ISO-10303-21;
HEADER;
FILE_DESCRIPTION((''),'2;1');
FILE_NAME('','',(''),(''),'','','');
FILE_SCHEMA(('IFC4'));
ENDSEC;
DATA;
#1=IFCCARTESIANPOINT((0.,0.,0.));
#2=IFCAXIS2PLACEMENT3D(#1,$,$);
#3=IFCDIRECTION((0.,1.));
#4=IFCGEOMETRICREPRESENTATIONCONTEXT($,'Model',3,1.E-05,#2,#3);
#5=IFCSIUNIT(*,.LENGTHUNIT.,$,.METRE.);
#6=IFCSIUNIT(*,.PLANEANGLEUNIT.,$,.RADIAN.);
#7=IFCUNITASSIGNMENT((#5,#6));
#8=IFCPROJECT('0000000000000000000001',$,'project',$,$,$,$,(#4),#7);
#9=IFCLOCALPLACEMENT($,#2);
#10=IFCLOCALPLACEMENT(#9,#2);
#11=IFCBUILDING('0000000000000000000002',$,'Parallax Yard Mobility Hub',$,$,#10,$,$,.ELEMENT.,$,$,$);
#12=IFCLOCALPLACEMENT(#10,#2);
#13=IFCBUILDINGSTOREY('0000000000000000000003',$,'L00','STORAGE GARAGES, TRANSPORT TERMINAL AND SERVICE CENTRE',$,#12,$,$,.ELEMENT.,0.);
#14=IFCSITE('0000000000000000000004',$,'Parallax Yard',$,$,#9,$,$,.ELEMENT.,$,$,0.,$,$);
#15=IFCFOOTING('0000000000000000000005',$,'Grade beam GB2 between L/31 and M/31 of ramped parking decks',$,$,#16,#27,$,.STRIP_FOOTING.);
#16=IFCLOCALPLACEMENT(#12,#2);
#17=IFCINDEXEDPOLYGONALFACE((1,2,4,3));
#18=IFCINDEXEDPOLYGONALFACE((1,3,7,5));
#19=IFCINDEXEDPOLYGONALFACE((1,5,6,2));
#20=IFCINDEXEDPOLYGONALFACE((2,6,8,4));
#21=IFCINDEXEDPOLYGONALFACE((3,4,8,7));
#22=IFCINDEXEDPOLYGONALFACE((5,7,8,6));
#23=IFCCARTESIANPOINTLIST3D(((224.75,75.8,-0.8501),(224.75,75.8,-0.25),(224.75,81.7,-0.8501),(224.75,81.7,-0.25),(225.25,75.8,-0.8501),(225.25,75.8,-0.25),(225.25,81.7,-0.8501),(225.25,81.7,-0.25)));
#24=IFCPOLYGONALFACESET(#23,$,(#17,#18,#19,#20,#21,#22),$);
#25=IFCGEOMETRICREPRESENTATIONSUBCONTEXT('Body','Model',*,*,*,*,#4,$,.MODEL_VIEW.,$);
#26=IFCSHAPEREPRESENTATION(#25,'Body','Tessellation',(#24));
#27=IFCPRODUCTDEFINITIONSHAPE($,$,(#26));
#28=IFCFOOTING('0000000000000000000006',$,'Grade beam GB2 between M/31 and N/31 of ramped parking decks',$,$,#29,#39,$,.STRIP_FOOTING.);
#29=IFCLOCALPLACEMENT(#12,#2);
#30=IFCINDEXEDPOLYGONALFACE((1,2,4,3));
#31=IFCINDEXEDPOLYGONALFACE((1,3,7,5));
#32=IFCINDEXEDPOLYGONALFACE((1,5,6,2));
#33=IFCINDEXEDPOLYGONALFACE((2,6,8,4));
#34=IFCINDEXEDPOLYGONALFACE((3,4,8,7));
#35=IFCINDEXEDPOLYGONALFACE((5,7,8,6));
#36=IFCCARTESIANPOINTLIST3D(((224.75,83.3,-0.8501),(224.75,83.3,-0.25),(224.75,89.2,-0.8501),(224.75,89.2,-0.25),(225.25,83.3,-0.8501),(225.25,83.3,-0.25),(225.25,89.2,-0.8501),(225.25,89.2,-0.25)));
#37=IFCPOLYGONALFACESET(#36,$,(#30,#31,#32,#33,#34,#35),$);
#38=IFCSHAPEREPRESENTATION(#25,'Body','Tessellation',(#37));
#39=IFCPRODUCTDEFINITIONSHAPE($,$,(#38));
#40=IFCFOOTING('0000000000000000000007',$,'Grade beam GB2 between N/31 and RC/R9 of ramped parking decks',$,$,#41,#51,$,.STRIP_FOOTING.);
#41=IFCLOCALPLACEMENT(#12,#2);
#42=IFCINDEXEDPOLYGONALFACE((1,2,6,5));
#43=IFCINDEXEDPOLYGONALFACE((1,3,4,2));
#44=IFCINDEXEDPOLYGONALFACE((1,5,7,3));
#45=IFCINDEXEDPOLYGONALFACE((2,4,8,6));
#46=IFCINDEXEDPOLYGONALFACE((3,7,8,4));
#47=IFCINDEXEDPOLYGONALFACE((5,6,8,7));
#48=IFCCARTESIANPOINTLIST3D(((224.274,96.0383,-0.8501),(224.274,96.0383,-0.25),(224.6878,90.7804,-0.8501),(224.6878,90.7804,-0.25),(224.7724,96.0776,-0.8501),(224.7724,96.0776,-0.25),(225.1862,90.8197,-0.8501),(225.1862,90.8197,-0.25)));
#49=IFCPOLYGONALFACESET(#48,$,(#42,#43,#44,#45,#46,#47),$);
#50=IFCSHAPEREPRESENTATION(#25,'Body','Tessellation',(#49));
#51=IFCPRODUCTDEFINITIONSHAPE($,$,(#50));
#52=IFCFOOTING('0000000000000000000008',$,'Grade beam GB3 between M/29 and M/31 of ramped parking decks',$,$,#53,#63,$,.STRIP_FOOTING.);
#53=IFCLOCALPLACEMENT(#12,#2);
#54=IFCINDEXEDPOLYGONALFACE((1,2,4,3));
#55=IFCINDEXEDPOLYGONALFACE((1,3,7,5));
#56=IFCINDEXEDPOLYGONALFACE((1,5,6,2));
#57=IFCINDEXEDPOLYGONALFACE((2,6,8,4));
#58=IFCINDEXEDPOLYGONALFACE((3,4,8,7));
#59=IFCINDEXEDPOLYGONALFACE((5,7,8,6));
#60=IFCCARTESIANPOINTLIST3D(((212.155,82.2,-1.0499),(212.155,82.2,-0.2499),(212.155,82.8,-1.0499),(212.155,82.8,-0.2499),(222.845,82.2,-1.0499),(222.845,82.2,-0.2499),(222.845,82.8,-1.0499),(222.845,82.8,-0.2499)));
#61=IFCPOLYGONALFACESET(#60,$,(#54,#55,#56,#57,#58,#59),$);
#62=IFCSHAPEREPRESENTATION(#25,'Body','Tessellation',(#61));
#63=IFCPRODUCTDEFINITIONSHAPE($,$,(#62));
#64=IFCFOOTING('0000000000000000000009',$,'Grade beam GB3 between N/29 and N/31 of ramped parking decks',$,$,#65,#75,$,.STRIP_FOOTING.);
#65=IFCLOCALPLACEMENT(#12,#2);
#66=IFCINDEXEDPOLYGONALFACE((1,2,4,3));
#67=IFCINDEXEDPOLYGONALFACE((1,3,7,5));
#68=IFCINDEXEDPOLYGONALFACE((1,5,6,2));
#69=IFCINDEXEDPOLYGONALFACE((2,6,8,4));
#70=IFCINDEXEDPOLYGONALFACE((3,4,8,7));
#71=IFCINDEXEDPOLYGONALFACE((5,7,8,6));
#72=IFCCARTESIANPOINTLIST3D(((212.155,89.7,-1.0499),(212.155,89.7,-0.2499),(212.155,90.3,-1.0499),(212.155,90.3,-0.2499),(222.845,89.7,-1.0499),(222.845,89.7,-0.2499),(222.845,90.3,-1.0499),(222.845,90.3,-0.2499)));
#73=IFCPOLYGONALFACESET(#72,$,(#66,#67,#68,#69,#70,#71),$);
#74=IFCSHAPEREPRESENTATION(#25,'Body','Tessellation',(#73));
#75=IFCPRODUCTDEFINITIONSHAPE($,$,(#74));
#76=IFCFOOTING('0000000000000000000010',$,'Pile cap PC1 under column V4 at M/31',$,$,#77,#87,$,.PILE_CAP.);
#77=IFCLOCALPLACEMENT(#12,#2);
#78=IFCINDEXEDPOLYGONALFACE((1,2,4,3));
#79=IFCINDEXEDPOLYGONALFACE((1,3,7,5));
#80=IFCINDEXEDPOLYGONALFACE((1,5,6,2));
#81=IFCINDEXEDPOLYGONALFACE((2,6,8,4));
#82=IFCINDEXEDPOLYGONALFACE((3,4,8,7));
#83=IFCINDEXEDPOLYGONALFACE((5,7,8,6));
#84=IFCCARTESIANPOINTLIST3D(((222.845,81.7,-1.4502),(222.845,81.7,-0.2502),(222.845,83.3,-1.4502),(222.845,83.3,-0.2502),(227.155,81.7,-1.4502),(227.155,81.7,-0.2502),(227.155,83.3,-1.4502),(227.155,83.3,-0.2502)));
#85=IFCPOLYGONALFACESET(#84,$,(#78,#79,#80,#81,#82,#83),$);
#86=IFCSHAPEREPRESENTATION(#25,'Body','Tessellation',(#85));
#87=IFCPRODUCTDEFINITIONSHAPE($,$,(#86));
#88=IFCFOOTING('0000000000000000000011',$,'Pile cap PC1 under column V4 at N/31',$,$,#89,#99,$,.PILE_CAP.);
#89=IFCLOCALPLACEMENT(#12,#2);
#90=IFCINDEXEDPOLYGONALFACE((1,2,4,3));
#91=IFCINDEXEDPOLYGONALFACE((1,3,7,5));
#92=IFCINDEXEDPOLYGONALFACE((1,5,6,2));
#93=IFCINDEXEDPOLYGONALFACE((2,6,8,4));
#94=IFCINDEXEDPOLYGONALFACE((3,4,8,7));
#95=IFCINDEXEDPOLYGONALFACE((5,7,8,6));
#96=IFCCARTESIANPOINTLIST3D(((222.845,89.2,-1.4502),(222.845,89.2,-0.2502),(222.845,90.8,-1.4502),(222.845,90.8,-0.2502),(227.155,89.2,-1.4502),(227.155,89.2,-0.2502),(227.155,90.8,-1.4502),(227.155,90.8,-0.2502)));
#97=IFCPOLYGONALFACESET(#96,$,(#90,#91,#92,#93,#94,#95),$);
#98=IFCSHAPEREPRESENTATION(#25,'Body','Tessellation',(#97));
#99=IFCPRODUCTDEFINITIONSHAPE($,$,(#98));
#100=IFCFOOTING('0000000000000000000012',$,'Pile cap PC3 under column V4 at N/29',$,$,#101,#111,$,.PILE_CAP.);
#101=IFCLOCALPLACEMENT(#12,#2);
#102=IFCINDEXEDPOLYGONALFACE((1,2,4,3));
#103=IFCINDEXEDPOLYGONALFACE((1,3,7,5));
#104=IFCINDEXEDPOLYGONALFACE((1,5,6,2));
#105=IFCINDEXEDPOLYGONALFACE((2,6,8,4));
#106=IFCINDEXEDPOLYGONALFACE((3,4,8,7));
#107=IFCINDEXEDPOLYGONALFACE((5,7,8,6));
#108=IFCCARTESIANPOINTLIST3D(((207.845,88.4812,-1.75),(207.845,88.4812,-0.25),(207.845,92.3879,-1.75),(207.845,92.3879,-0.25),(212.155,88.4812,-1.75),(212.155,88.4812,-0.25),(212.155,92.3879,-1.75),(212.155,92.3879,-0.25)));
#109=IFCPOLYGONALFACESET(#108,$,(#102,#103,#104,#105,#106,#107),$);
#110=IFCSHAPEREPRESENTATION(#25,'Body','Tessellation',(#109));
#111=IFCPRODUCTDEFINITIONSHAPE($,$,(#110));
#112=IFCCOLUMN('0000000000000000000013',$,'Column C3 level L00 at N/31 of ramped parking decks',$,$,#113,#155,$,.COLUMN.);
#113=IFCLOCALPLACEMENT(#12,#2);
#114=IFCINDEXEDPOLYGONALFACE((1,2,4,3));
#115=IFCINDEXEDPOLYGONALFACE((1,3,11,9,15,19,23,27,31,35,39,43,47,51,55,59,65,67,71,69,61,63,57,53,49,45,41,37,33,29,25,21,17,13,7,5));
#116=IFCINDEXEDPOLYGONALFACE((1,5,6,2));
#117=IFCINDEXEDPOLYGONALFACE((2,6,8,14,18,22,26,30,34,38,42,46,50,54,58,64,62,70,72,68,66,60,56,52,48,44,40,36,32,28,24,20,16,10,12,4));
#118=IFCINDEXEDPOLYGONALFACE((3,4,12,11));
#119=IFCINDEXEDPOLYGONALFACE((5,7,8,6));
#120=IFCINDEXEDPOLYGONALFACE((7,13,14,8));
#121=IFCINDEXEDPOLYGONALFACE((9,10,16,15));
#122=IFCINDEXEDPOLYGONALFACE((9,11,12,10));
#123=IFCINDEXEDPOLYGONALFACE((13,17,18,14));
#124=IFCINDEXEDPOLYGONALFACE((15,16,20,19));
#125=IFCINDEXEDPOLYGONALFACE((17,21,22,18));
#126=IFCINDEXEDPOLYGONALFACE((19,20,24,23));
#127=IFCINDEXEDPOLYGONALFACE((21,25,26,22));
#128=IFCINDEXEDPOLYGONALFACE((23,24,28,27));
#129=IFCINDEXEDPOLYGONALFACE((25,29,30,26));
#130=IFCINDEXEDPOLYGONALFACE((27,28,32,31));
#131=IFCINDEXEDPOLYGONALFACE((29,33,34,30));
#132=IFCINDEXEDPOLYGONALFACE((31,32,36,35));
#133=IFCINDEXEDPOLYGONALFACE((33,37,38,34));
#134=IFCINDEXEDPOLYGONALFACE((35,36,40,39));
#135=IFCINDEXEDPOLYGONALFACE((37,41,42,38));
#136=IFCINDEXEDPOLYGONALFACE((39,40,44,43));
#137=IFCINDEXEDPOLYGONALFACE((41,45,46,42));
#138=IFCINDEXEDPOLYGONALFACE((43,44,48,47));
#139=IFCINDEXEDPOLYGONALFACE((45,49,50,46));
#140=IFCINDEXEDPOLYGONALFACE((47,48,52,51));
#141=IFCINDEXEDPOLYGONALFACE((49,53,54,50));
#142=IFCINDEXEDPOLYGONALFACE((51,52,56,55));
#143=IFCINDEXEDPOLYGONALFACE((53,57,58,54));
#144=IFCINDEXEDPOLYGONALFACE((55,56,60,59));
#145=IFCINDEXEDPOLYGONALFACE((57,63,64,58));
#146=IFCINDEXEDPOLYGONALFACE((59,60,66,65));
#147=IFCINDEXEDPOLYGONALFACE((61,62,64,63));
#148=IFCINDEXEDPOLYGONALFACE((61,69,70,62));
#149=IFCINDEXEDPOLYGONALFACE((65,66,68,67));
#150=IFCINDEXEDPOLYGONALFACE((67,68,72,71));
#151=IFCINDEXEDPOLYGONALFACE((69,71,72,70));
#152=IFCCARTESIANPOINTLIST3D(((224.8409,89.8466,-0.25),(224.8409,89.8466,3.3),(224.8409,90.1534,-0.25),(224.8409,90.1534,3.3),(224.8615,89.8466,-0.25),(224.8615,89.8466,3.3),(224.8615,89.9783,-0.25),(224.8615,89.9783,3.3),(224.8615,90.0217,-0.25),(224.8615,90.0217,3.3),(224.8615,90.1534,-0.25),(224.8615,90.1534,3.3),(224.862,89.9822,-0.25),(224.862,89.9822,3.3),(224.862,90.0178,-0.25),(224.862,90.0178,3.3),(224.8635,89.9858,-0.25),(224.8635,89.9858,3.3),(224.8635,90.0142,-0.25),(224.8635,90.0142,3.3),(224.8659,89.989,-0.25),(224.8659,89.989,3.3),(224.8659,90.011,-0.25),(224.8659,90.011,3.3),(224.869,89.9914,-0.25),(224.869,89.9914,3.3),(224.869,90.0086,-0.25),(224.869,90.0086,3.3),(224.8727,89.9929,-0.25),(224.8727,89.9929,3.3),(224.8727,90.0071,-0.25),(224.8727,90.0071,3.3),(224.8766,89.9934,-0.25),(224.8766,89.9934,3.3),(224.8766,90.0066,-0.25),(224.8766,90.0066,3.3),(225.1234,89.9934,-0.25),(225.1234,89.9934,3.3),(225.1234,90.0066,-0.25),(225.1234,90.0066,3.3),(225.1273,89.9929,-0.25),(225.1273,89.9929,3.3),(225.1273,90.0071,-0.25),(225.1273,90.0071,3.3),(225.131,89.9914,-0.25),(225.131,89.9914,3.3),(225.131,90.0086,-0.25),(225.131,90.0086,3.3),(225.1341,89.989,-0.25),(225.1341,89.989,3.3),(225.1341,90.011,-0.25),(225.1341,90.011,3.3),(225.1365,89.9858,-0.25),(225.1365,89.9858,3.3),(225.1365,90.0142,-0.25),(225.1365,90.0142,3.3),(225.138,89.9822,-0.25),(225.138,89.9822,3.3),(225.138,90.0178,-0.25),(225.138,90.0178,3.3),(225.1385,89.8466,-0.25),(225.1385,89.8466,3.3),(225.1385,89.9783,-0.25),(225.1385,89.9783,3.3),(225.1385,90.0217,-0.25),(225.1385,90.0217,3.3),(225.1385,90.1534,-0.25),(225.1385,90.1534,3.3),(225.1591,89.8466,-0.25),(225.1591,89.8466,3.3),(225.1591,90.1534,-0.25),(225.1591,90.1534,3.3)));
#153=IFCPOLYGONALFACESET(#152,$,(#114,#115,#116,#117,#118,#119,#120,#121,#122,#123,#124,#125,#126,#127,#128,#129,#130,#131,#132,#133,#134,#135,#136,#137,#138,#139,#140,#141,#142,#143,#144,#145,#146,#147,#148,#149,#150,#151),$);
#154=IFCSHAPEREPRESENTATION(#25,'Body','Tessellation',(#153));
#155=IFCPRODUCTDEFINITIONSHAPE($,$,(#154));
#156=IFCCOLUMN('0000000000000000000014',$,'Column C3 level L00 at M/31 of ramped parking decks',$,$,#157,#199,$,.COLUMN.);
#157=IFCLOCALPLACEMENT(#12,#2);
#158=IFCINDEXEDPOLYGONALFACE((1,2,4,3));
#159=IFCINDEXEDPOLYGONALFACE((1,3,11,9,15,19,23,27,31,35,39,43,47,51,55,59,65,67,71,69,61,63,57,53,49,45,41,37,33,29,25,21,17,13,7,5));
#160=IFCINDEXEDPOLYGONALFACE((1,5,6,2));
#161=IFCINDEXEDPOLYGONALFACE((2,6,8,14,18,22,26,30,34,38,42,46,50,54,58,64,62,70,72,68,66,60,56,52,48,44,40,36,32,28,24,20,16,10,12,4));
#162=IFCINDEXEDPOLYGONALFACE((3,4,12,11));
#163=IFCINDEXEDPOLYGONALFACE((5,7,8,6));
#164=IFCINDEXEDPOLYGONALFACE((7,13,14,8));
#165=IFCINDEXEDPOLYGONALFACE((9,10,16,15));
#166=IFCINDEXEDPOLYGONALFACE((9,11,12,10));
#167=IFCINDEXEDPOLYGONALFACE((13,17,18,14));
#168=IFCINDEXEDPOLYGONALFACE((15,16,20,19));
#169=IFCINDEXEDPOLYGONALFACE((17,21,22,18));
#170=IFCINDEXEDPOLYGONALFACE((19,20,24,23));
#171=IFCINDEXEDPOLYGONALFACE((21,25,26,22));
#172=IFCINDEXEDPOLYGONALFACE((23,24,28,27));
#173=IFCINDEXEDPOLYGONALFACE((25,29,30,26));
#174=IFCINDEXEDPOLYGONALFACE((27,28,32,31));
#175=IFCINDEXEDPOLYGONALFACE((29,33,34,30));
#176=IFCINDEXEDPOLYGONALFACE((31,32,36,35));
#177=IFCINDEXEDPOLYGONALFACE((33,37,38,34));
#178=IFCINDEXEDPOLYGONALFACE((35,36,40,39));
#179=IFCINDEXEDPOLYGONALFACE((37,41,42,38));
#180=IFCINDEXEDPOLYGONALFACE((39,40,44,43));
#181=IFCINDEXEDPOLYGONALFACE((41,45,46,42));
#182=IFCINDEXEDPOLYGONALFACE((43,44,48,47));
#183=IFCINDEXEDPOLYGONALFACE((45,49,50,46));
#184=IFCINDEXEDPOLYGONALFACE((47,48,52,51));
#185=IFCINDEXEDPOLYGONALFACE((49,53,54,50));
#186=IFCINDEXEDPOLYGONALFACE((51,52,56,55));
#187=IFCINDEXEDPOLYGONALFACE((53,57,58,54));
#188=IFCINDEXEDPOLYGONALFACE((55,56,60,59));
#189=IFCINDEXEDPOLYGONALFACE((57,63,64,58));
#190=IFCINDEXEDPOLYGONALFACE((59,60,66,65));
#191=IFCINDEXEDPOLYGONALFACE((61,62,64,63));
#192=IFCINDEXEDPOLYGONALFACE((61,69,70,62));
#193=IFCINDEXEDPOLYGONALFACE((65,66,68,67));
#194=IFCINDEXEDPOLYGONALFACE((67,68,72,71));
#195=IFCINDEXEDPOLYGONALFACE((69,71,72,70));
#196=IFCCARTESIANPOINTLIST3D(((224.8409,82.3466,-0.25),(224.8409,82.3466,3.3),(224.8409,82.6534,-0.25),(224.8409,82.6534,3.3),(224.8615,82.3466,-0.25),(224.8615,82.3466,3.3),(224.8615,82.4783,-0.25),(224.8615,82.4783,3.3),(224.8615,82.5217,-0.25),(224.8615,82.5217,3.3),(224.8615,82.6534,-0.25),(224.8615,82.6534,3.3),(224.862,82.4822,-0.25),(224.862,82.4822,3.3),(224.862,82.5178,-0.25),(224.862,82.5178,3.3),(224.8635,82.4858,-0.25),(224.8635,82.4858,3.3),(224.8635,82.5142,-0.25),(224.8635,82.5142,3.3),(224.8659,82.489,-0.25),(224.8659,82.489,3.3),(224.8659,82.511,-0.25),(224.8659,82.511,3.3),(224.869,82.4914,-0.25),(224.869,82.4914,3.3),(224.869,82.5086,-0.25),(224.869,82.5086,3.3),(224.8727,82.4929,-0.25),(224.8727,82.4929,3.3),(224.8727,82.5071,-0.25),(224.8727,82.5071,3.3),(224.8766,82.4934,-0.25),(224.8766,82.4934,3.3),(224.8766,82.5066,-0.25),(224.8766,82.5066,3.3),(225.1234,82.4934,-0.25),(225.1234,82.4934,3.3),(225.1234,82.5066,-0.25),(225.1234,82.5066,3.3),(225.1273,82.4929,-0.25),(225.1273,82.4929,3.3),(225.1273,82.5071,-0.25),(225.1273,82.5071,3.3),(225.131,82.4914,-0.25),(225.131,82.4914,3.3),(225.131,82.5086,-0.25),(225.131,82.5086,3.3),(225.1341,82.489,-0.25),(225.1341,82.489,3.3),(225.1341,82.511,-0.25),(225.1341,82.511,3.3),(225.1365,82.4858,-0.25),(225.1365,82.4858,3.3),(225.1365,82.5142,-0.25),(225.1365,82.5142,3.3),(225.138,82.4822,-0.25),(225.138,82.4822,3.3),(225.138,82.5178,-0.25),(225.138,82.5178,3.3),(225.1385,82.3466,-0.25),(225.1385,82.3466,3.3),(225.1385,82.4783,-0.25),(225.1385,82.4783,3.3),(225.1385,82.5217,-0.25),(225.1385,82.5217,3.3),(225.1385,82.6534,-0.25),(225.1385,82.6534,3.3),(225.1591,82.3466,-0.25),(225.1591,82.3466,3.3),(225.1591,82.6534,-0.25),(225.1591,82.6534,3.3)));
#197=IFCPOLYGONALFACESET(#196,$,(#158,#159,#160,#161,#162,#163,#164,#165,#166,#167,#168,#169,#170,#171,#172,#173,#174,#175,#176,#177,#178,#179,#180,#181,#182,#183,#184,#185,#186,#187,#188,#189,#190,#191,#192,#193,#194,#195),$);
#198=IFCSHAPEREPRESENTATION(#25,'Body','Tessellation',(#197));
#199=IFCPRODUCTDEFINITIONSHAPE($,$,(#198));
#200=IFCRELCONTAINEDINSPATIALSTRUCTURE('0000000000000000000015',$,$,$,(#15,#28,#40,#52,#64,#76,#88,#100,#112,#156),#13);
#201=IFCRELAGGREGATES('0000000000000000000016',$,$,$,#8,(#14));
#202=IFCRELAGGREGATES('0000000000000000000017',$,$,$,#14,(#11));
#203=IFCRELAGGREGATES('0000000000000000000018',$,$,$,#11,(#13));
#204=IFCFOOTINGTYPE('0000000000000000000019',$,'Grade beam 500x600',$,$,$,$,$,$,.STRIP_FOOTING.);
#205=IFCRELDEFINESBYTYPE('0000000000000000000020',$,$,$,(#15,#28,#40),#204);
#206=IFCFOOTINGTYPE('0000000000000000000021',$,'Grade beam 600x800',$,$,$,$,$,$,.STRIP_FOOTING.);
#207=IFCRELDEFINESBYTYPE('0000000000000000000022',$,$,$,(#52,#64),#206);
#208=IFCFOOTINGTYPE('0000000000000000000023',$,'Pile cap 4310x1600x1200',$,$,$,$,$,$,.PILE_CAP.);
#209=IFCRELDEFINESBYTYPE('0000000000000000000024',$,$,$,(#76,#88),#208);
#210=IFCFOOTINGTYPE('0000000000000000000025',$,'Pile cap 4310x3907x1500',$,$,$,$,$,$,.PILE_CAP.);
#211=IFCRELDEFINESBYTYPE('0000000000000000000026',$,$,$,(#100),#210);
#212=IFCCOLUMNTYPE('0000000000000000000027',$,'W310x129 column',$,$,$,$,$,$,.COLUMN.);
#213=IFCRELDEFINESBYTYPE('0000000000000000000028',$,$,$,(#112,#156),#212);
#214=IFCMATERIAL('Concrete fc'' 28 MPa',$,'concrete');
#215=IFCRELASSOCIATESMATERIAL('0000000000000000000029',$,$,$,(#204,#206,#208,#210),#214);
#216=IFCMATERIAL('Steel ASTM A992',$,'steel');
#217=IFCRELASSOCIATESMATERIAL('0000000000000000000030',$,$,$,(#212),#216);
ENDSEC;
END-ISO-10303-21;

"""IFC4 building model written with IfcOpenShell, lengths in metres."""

from ifc_helpers import new_model, si_unit, direction, frame, origin, origin_2d, place, context, subcontext, project, spatial, rectangle, i_section, extrude, material, material_profile, profile_set, type_object, element, save


model = new_model("IFC4")

# Units and contexts
model_context = context("Model", 3, precision=1e-05, world=origin(), true_north=direction((0.0, 1.0)))
body_context = subcontext(model_context, "Body", "Model", "MODEL_VIEW")
ifc_project = project(units=[si_unit("LENGTHUNIT", "METRE"), si_unit("PLANEANGLEUNIT", "RADIAN")], contexts=[model_context])

# Site, building, storey
site_placement = place(None, origin())
site = spatial("IfcSite", under=ifc_project, at=site_placement, Name="Parallax Yard", CompositionType="ELEMENT", RefElevation=0.0)
building_placement = place(site_placement, origin())
building = spatial("IfcBuilding", under=site, at=building_placement, Name="Parallax Yard Mobility Hub", CompositionType="ELEMENT")
storey_placement = place(building_placement, origin())
storey = spatial("IfcBuildingStorey", under=building, at=storey_placement, Name="L00", Description="STORAGE GARAGES, TRANSPORT TERMINAL AND SERVICE CENTRE", CompositionType="ELEMENT", Elevation=0.0)

# Shared definitions
ifc_material_1 = material(Name="Concrete fc' 28 MPa", Category="concrete")

# Footings
ifc_material_profile_1 = material_profile(ifc_material_1, rectangle(XDim=0.5, YDim=0.6001, at=origin_2d()), Name="Grade beam 500x600")
ifc_profile_set_1 = profile_set([ifc_material_profile_1], Name="Concrete fc' 28 MPa")
footing_type_1 = type_object("IfcFootingType", Name="Grade beam 500x600", PredefinedType="STRIP_FOOTING", material=ifc_profile_set_1)
for number, where, z_axis, x_axis, name in (
    (1, (225.0, 75.8, -0.55), (0.0, 1.0, 0.0), (-1.0, 0.0, 0.0), "Grade beam GB2 between L/31 and M/31 of ramped parking decks"),
    (2, (225.0, 83.3, -0.55), (0.0, 1.0, 0.0), (-1.0, 0.0, 0.0), "Grade beam GB2 between M/31 and N/31 of ramped parking decks"),
):
    element("IfcFooting", number, at=place(storey_placement, frame(where, z_axis=z_axis, x_axis=x_axis)), inside=storey, type_object=footing_type_1, Name=name, PredefinedType="STRIP_FOOTING", context=body_context, shape_type="SweptSolid", body=[
        extrude(rectangle(XDim=0.5, YDim=0.6001, at=origin_2d()), origin(), (0.0, 0.0, 1.0), 5.8999),
    ])
footing_1_placement = place(storey_placement, frame((224.937, 90.8, -0.55), z_axis=(-0.078463, 0.996917, 0.0), x_axis=(-0.996917, -0.078463, 0.0)))
element("IfcFooting", 3, at=footing_1_placement, inside=storey, type_object=footing_type_1, Name="Grade beam GB2 between N/31 and RC/R9 of ramped parking decks", PredefinedType="STRIP_FOOTING", context=body_context, shape_type="SweptSolid", body=[
    extrude(rectangle(XDim=0.5, YDim=0.6001, at=origin_2d()), origin(), (0.0, 0.0, 1.0), 5.2742),
])
ifc_material_profile_2 = material_profile(ifc_material_1, rectangle(XDim=0.6001, YDim=0.8, at=origin_2d()), Name="Grade beam 600x800")
ifc_profile_set_2 = profile_set([ifc_material_profile_2], Name="Concrete fc' 28 MPa")
footing_type_2 = type_object("IfcFootingType", Name="Grade beam 600x800", PredefinedType="STRIP_FOOTING", material=ifc_profile_set_2)
for number, where, z_axis, x_axis, name in (
    (4, (212.155, 82.5, -0.6499), (1.0, 0.0, 0.0), (0.0, 1.0, 0.0), "Grade beam GB3 between M/29 and M/31 of ramped parking decks"),
    (5, (212.155, 90.0, -0.6499), (1.0, 0.0, 0.0), (0.0, 1.0, 0.0), "Grade beam GB3 between N/29 and N/31 of ramped parking decks"),
):
    element("IfcFooting", number, at=place(storey_placement, frame(where, z_axis=z_axis, x_axis=x_axis)), inside=storey, type_object=footing_type_2, Name=name, PredefinedType="STRIP_FOOTING", context=body_context, shape_type="SweptSolid", body=[
        extrude(rectangle(XDim=0.6001, YDim=0.8, at=origin_2d()), origin(), (0.0, 0.0, 1.0), 10.6899),
    ])
footing_type_3 = type_object("IfcFootingType", Name="Pile cap 4310x1600x1200", PredefinedType="PILE_CAP", material=ifc_material_1)
for number, where, z_axis, x_axis, name in (
    (6, (225.0, 82.5, -1.4502), (0.0, 0.0, 1.0), (1.0, 0.0, 0.0), "Pile cap PC1 under column V4 at M/31"),
    (7, (225.0, 90.0, -1.4502), (0.0, 0.0, 1.0), (1.0, 0.0, 0.0), "Pile cap PC1 under column V4 at N/31"),
):
    element("IfcFooting", number, at=place(storey_placement, frame(where, z_axis=z_axis, x_axis=x_axis)), inside=storey, type_object=footing_type_3, Name=name, PredefinedType="PILE_CAP", context=body_context, shape_type="SweptSolid", body=[
        extrude(rectangle(XDim=4.3101, YDim=1.6001, at=origin_2d()), origin(), (0.0, 0.0, 1.0), 1.2),
    ])
footing_type_4 = type_object("IfcFootingType", Name="Pile cap 4310x3907x1500", PredefinedType="PILE_CAP", material=ifc_material_1)
footing_2_placement = place(storey_placement, frame((210.0, 90.4346, -1.75), z_axis=(0.0, 0.0, 1.0), x_axis=(1.0, 0.0, 0.0)))
element("IfcFooting", 8, at=footing_2_placement, inside=storey, type_object=footing_type_4, Name="Pile cap PC3 under column V4 at N/29", PredefinedType="PILE_CAP", context=body_context, shape_type="SweptSolid", body=[
    extrude(rectangle(XDim=4.3101, YDim=3.9067, at=origin_2d()), origin(), (0.0, 0.0, 1.0), 1.5),
])

# Columns
ifc_material_2 = material(Name="Steel ASTM A992", Category="steel")
ifc_material_profile_3 = material_profile(ifc_material_2, i_section(OverallWidth=0.3069, OverallDepth=0.3181, WebThickness=0.0132, FlangeThickness=0.0205, FilletRadius=0.0151, at=origin_2d()), Name="W310x129")
ifc_profile_set_3 = profile_set([ifc_material_profile_3], Name="Steel ASTM A992")
column_type_1 = type_object("IfcColumnType", Name="W310x129 column", PredefinedType="COLUMN", material=ifc_profile_set_3)
for number, where, z_axis, x_axis, name in (
    (9, (225.0, 90.0, -0.25), (0.0, 0.0, 1.0), (0.0, 1.0, 0.0), "Column C3 level L00 at N/31 of ramped parking decks"),
    (10, (225.0, 82.5, -0.25), (0.0, 0.0, 1.0), (0.0, 1.0, 0.0), "Column C3 level L00 at M/31 of ramped parking decks"),
):
    element("IfcColumn", number, at=place(storey_placement, frame(where, z_axis=z_axis, x_axis=x_axis)), inside=storey, type_object=column_type_1, Name=name, PredefinedType="COLUMN", context=body_context, shape_type="SweptSolid", body=[
        extrude(i_section(OverallWidth=0.3069, OverallDepth=0.3181, WebThickness=0.0132, FlangeThickness=0.0205, FilletRadius=0.0151, at=origin_2d()), origin(), (0.0, 0.0, 1.0), 3.55),
    ])

save(model, "model.ifc")
